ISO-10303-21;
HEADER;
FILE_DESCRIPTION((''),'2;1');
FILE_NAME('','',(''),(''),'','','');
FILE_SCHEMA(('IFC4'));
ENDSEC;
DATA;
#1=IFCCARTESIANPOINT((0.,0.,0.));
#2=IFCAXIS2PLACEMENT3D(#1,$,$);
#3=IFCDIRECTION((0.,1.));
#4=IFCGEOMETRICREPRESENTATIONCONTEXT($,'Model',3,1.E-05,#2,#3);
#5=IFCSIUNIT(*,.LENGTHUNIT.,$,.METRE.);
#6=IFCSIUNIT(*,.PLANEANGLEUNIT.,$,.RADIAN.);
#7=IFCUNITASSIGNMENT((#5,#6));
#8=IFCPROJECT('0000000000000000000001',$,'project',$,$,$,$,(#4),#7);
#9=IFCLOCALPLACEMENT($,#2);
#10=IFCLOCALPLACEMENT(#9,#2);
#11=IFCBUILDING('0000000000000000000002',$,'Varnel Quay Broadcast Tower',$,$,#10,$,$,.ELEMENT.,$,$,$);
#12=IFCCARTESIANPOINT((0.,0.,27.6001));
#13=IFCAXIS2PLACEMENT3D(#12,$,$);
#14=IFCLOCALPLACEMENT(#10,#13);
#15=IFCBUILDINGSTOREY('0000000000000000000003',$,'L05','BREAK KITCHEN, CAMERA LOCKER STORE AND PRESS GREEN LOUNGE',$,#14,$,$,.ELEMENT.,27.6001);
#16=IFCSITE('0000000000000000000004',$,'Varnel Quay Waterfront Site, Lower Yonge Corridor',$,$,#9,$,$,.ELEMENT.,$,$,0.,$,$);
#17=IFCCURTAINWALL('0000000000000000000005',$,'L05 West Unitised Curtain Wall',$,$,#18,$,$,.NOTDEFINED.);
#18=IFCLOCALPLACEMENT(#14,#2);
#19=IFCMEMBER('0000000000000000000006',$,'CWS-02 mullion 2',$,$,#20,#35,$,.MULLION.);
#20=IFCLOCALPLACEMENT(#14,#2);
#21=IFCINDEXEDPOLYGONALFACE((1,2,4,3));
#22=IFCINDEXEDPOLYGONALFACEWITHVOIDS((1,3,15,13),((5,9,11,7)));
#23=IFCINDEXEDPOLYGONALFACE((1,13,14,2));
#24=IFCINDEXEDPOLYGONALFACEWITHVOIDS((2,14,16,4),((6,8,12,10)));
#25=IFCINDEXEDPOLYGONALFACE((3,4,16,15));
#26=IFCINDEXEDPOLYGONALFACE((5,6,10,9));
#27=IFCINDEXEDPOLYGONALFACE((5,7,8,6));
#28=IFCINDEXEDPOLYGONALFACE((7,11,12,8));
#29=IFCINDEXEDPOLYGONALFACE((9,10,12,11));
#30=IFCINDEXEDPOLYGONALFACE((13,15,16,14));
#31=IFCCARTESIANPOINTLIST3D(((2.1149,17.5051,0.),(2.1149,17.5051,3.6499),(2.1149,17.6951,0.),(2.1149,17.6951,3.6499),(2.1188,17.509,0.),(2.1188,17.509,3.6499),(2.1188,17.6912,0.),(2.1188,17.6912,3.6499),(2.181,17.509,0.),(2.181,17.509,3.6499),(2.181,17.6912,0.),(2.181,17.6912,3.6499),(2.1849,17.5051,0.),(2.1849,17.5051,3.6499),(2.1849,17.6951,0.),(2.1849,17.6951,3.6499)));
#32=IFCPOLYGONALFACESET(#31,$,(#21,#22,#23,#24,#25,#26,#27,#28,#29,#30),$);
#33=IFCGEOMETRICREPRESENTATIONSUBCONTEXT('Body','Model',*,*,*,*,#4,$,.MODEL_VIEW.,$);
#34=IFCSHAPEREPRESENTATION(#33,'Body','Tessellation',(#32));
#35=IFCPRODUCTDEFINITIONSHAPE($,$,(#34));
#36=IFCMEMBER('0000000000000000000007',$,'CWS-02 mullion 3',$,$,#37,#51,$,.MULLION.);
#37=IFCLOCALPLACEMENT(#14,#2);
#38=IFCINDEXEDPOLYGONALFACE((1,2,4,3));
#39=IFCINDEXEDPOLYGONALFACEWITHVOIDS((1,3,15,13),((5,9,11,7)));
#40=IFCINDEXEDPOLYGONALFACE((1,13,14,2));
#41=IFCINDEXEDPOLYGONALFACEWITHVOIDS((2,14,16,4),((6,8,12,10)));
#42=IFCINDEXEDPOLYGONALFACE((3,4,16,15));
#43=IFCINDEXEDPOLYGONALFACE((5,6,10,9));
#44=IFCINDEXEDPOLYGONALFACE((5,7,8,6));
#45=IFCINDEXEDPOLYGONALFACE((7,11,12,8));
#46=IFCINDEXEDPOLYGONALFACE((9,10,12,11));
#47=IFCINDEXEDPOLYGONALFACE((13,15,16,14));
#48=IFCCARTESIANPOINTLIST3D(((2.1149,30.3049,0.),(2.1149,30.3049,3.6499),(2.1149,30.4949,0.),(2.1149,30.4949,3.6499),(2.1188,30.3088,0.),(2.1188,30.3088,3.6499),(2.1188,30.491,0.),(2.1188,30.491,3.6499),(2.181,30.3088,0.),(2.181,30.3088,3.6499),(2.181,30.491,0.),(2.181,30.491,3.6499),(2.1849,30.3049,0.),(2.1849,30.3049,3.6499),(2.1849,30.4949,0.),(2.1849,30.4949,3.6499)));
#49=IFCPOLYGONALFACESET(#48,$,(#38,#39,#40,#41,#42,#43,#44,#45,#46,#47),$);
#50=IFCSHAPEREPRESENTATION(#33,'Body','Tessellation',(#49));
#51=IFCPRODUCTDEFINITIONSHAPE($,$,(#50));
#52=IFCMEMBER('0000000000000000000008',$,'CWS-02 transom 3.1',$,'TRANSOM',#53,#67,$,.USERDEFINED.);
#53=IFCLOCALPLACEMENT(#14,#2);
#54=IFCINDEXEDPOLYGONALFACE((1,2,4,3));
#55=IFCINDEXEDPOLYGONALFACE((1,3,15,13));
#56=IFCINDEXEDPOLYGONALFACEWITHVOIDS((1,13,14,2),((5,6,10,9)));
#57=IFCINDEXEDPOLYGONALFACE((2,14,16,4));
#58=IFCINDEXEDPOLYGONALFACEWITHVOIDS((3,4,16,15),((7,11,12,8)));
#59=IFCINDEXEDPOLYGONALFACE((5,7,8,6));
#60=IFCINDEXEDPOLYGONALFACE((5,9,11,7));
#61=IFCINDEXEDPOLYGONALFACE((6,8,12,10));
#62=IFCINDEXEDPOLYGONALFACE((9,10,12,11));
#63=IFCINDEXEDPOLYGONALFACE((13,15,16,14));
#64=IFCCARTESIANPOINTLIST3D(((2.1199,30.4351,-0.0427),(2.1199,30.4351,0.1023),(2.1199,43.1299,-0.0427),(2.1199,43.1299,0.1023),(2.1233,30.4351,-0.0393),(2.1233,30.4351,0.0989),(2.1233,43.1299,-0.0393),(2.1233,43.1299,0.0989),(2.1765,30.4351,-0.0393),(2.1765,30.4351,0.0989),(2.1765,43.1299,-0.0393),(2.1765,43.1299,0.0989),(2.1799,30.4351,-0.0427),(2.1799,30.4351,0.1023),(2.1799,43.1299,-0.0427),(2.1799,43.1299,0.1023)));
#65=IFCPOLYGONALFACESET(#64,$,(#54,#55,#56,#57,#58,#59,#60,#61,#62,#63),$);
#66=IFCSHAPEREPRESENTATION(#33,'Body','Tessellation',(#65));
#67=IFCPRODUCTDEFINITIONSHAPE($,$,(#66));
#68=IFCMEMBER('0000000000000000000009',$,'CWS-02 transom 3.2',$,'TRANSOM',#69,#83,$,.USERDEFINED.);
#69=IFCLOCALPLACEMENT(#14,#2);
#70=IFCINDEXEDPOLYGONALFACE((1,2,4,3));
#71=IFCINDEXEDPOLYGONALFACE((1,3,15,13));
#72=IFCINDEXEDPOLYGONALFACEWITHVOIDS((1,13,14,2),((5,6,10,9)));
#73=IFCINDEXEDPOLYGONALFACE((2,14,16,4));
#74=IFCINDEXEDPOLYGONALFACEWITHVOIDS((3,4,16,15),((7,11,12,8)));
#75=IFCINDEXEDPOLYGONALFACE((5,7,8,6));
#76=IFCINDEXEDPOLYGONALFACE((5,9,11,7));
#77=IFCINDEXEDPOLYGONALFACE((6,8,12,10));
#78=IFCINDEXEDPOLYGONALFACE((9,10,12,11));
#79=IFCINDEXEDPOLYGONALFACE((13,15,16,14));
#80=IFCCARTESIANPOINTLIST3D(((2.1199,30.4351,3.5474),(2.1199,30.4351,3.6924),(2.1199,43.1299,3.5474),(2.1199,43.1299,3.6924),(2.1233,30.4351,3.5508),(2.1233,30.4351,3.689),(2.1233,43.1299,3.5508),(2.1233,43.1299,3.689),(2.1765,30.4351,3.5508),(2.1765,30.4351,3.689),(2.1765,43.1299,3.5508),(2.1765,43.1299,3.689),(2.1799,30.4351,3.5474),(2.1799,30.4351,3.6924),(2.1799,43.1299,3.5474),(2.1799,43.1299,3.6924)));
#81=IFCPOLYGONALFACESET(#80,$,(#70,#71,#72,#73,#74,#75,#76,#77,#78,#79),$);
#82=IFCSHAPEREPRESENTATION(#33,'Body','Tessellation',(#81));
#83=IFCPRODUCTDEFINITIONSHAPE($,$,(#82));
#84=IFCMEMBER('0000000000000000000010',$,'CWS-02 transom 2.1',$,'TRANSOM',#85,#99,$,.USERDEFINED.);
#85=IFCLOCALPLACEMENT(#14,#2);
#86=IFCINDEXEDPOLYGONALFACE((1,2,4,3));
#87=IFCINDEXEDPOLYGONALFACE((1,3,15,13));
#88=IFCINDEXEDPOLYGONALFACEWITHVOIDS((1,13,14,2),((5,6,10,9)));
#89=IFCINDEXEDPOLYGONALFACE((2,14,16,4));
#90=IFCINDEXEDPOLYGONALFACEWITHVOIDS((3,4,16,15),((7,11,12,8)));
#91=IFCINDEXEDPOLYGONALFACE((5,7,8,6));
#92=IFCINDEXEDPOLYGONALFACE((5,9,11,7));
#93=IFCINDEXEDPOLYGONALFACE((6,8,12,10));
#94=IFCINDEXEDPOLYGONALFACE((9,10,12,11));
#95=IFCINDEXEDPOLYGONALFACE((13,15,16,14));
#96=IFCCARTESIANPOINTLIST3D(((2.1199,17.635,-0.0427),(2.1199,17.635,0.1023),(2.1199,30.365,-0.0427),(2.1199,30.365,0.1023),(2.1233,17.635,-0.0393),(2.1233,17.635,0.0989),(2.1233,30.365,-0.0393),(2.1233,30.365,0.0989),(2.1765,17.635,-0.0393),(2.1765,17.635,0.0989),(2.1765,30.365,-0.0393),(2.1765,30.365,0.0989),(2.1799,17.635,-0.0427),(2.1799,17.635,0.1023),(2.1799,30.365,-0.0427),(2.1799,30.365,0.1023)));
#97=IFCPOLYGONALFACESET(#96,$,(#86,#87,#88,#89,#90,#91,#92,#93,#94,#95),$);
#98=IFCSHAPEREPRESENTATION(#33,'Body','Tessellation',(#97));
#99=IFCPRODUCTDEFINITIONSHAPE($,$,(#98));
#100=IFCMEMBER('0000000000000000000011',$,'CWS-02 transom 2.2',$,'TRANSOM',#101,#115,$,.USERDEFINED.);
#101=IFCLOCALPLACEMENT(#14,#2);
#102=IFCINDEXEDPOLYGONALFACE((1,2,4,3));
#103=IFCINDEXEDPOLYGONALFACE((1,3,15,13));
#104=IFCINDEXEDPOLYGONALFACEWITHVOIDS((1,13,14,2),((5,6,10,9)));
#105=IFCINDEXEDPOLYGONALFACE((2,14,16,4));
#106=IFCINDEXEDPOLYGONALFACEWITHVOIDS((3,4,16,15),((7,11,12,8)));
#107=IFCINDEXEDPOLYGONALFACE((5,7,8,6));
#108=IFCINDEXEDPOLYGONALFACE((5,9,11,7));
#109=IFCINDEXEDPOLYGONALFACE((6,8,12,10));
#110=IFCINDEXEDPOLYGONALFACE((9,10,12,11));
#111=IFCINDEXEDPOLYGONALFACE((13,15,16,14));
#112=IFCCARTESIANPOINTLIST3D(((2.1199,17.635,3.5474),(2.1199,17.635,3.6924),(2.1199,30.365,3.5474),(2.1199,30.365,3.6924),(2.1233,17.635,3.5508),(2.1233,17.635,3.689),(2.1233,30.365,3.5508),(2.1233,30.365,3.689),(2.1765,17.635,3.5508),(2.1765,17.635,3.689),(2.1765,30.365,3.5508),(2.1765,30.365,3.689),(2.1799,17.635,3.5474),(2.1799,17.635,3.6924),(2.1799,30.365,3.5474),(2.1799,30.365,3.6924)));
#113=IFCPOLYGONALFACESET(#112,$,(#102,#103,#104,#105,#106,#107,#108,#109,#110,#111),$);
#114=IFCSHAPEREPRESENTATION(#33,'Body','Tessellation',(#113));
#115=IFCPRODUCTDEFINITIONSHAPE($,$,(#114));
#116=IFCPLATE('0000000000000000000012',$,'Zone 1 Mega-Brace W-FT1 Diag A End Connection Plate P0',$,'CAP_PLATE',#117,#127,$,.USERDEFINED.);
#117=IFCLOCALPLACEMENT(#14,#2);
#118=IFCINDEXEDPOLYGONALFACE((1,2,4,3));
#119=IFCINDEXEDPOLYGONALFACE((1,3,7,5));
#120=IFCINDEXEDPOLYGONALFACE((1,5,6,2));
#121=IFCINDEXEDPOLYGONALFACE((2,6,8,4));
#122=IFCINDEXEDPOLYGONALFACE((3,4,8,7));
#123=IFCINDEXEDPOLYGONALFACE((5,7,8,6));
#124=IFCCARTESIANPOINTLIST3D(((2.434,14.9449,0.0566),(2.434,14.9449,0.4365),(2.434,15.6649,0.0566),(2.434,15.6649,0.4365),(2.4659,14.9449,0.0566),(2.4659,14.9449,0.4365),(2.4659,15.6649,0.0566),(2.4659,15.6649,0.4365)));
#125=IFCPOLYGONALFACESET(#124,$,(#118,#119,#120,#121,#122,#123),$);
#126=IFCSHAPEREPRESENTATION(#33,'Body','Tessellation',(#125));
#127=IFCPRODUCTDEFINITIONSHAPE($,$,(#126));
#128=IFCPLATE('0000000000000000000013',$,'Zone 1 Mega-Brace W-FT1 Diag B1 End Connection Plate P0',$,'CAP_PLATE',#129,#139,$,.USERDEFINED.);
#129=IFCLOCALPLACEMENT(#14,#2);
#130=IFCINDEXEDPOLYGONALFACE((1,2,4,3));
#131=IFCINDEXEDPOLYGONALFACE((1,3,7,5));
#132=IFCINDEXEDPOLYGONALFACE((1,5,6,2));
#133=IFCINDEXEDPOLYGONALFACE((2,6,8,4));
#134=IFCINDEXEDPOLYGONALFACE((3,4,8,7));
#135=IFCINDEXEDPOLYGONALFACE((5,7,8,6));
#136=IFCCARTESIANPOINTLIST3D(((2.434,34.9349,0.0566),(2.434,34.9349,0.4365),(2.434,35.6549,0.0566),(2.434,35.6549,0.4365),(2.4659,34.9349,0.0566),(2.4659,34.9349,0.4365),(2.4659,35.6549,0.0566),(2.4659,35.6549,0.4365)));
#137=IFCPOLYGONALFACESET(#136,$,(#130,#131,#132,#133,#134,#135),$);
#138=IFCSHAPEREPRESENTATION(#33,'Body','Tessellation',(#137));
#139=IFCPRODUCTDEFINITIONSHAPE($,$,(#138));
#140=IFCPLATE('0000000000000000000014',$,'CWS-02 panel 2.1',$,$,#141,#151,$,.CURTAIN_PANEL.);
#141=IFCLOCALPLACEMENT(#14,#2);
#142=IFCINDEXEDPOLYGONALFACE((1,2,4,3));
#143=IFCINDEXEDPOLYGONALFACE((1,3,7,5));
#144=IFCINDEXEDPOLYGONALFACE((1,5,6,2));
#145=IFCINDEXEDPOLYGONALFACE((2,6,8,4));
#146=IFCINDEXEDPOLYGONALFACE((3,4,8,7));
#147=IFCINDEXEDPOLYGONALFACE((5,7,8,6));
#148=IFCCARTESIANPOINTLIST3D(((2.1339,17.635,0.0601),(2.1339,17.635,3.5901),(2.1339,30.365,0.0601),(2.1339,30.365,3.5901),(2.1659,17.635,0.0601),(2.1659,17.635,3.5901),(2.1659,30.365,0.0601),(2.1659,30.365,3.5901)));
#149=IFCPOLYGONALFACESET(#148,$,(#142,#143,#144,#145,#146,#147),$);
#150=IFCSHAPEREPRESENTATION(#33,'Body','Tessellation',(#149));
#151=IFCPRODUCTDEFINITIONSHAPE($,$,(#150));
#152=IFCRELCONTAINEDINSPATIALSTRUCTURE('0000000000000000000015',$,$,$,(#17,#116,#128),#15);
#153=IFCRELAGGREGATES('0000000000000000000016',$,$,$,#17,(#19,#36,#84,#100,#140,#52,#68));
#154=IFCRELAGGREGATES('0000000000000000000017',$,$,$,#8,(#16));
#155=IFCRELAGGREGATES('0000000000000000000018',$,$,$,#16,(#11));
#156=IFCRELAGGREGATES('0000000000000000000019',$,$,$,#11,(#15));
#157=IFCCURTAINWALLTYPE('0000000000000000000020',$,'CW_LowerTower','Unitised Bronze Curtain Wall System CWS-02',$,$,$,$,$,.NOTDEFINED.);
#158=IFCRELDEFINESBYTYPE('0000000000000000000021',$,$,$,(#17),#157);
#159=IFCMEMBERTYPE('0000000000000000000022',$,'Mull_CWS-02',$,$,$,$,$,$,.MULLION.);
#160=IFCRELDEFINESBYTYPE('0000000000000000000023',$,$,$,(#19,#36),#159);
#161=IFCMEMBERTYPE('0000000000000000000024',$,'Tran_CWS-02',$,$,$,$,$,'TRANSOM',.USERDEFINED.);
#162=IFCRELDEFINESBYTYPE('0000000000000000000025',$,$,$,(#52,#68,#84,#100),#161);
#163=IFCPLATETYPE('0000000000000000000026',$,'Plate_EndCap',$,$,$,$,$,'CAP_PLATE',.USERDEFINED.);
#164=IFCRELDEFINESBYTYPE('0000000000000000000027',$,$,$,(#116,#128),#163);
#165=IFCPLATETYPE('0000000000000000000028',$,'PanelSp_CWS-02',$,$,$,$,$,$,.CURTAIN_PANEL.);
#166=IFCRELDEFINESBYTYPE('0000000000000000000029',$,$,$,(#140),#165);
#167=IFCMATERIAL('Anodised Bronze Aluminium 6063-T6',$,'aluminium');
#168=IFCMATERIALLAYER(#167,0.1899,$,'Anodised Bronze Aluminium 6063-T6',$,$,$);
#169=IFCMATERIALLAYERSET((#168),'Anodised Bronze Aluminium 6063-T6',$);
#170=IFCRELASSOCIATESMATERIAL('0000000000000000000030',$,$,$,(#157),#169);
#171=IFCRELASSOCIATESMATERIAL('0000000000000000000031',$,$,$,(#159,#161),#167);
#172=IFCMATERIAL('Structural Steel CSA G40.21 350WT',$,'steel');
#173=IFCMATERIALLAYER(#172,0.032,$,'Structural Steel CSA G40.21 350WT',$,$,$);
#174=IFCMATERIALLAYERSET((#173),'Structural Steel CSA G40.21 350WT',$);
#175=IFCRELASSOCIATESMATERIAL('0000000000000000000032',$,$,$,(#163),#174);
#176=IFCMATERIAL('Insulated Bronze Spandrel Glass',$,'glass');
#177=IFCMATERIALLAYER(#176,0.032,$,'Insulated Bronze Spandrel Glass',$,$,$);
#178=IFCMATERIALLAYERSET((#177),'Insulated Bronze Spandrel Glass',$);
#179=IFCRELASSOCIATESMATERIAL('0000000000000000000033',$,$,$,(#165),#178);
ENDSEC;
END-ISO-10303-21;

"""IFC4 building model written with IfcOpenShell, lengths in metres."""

from ifc_helpers import new_model, si_unit, direction, frame, origin, origin_2d, place, context, subcontext, project, spatial, rectangle, hollow_rectangle, extrude, source, transform, mapped, material, layer, layer_set, material_profile, profile_set, type_object, type_shapes, element, aggregate, save


model = new_model("IFC4")

# Units and contexts
model_context = context("Model", 3, precision=1e-05, world=origin(), true_north=direction((0.0, 1.0)))
body_context = subcontext(model_context, "Body", "Model", "MODEL_VIEW")
ifc_project = project(units=[si_unit("LENGTHUNIT", "METRE"), si_unit("PLANEANGLEUNIT", "RADIAN")], contexts=[model_context])

# Site, building, storey
site_placement = place(None, origin())
site = spatial("IfcSite", under=ifc_project, at=site_placement, Name="Varnel Quay Waterfront Site, Lower Yonge Corridor", CompositionType="ELEMENT", RefElevation=0.0)
building_placement = place(site_placement, origin())
building = spatial("IfcBuilding", under=site, at=building_placement, Name="Varnel Quay Broadcast Tower", CompositionType="ELEMENT")
storey_placement = place(building_placement, frame((0.0, 0.0, 27.6001)))
storey = spatial("IfcBuildingStorey", under=building, at=storey_placement, Name="L05", Description="BREAK KITCHEN, CAMERA LOCKER STORE AND PRESS GREEN LOUNGE", CompositionType="ELEMENT", Elevation=27.6001)

# Shared definitions
ifc_material_1 = material(Name="Structural Steel CSA G40.21 350WT", Category="steel")

# Curtain wall, members
ifc_material_2 = material(Name="Anodised Bronze Aluminium 6063-T6", Category="aluminium")
ifc_layer_1 = layer(ifc_material_2, 0.1899, Name="Anodised Bronze Aluminium 6063-T6")
ifc_layer_set_1 = layer_set([ifc_layer_1], Name="Anodised Bronze Aluminium 6063-T6")
curtain_wall_type = type_object("IfcCurtainWallType", Name="CW_LowerTower", Description="Unitised Bronze Curtain Wall System CWS-02", PredefinedType="NOTDEFINED", material=ifc_layer_set_1)
curtain_wall_placement = place(storey_placement, origin())
curtain_wall = element("IfcCurtainWall", 1, at=curtain_wall_placement, inside=storey, type_object=curtain_wall_type, Name="L05 West Unitised Curtain Wall", PredefinedType="NOTDEFINED")
ifc_material_profile_1 = material_profile(ifc_material_2, hollow_rectangle(XDim=0.0701, YDim=0.1899, WallThickness=0.0039, at=origin_2d()), Name="ALU70X190X4")
ifc_profile_set_1 = profile_set([ifc_material_profile_1], Name="Anodised Bronze Aluminium 6063-T6")
member_type_1 = type_object("IfcMemberType", Name="Mull_CWS-02", PredefinedType="MULLION", material=ifc_profile_set_1)
shared_shape_1 = source(origin(), body_context, "Body", "SweptSolid", [
    extrude(hollow_rectangle(XDim=0.0701, YDim=0.1899, WallThickness=0.0039, at=origin_2d()), origin(), (0.0, 0.0, 1.0), 3.6499),
])
type_shapes(member_type_1, [shared_shape_1])
member_1_placement = place(storey_placement, frame((2.1499, 17.6001, 0.0), z_axis=(0.0, 0.0, 1.0), x_axis=(-1.0, 0.0, 0.0)))
member_1 = element("IfcMember", 2, at=member_1_placement, type_object=member_type_1, Name="CWS-02 mullion 2", PredefinedType="MULLION", context=body_context, shape_type="MappedRepresentation", body=[
    mapped(shared_shape_1, transform((0.0, 0.0, 0.0), x_axis=(1.0, 0.0, 0.0), y_axis=(0.0, 1.0, 0.0), z_axis=(0.0, 0.0, 1.0), scale=1.0)),
])
member_2_placement = place(storey_placement, frame((2.1499, 30.3999, 0.0), z_axis=(0.0, 0.0, 1.0), x_axis=(-1.0, 0.0, 0.0)))
member_2 = element("IfcMember", 3, at=member_2_placement, type_object=member_type_1, Name="CWS-02 mullion 3", PredefinedType="MULLION", context=body_context, shape_type="MappedRepresentation", body=[
    mapped(shared_shape_1, transform((0.0, 0.0, 0.0), x_axis=(1.0, 0.0, 0.0), y_axis=(0.0, 1.0, 0.0), z_axis=(0.0, 0.0, 1.0), scale=1.0)),
])
ifc_material_profile_2 = material_profile(ifc_material_2, hollow_rectangle(XDim=0.0601, YDim=0.145, WallThickness=0.0034, at=origin_2d()), Name="ALU60X145X3.5")
ifc_profile_set_2 = profile_set([ifc_material_profile_2], Name="Anodised Bronze Aluminium 6063-T6")
member_type_2 = type_object("IfcMemberType", Name="Tran_CWS-02", ElementType="TRANSOM", PredefinedType="USERDEFINED", material=ifc_profile_set_2)
shared_shape_2 = source(origin(), body_context, "Body", "SweptSolid", [
    extrude(hollow_rectangle(XDim=0.0601, YDim=0.145, WallThickness=0.0034, at=origin_2d()), origin(), (0.0, 0.0, 1.0), 12.6948),
])
member_3_placement = place(storey_placement, frame((2.1499, 30.4351, 0.0298), z_axis=(0.0, 1.0, 0.0), x_axis=(-1.0, 0.0, 0.0)))
member_3 = element("IfcMember", 4, at=member_3_placement, type_object=member_type_2, Name="CWS-02 transom 3.1", ObjectType="TRANSOM", PredefinedType="USERDEFINED", context=body_context, shape_type="MappedRepresentation", body=[
    mapped(shared_shape_2, transform((0.0, 0.0, 0.0), x_axis=(1.0, 0.0, 0.0), y_axis=(0.0, 1.0, 0.0), z_axis=(0.0, 0.0, 1.0), scale=1.0)),
])
member_4_placement = place(storey_placement, frame((2.1499, 30.4351, 3.6199), z_axis=(0.0, 1.0, 0.0), x_axis=(-1.0, 0.0, 0.0)))
member_4 = element("IfcMember", 5, at=member_4_placement, type_object=member_type_2, Name="CWS-02 transom 3.2", ObjectType="TRANSOM", PredefinedType="USERDEFINED", context=body_context, shape_type="MappedRepresentation", body=[
    mapped(shared_shape_2, transform((0.0, 0.0, 0.0), x_axis=(1.0, 0.0, 0.0), y_axis=(0.0, 1.0, 0.0), z_axis=(0.0, 0.0, 1.0), scale=1.0)),
])
shared_shape_3 = source(origin(), body_context, "Body", "SweptSolid", [
    extrude(hollow_rectangle(XDim=0.0601, YDim=0.145, WallThickness=0.0034, at=origin_2d()), origin(), (0.0, 0.0, 1.0), 12.73),
])
type_shapes(member_type_2, [shared_shape_2, shared_shape_3])
member_5_placement = place(storey_placement, frame((2.1499, 17.635, 0.0298), z_axis=(0.0, 1.0, 0.0), x_axis=(-1.0, 0.0, 0.0)))
member_5 = element("IfcMember", 6, at=member_5_placement, type_object=member_type_2, Name="CWS-02 transom 2.1", ObjectType="TRANSOM", PredefinedType="USERDEFINED", context=body_context, shape_type="MappedRepresentation", body=[
    mapped(shared_shape_3, transform((0.0, 0.0, 0.0), x_axis=(1.0, 0.0, 0.0), y_axis=(0.0, 1.0, 0.0), z_axis=(0.0, 0.0, 1.0), scale=1.0)),
])
member_6_placement = place(storey_placement, frame((2.1499, 17.635, 3.6199), z_axis=(0.0, 1.0, 0.0), x_axis=(-1.0, 0.0, 0.0)))
member_6 = element("IfcMember", 7, at=member_6_placement, type_object=member_type_2, Name="CWS-02 transom 2.2", ObjectType="TRANSOM", PredefinedType="USERDEFINED", context=body_context, shape_type="MappedRepresentation", body=[
    mapped(shared_shape_3, transform((0.0, 0.0, 0.0), x_axis=(1.0, 0.0, 0.0), y_axis=(0.0, 1.0, 0.0), z_axis=(0.0, 0.0, 1.0), scale=1.0)),
])

# Plates
ifc_layer_2 = layer(ifc_material_1, 0.032, Name="Structural Steel CSA G40.21 350WT")
ifc_layer_set_2 = layer_set([ifc_layer_2], Name="Structural Steel CSA G40.21 350WT")
plate_type_1 = type_object("IfcPlateType", Name="Plate_EndCap", ElementType="CAP_PLATE", PredefinedType="USERDEFINED", material=ifc_layer_set_2)
shared_shape_4 = source(origin(), body_context, "Body", "SweptSolid", [
    extrude(rectangle(XDim=0.72, YDim=0.032, at=origin_2d()), origin(), (0.0, 0.0, 1.0), 0.3799),
])
type_shapes(plate_type_1, [shared_shape_4])
for number, where, z_axis, x_axis, name in (
    (8, (2.45, 15.3049, 0.0566), (0.0, 0.0, 1.0), (0.0, 1.0, 0.0), "Zone 1 Mega-Brace W-FT1 Diag A End Connection Plate P0"),
    (9, (2.45, 35.2949, 0.0566), (0.0, 0.0, 1.0), (0.0, 1.0, 0.0), "Zone 1 Mega-Brace W-FT1 Diag B1 End Connection Plate P0"),
):
    element("IfcPlate", number, at=place(storey_placement, frame(where, z_axis=z_axis, x_axis=x_axis)), inside=storey, type_object=plate_type_1, Name=name, ObjectType="CAP_PLATE", PredefinedType="USERDEFINED", context=body_context, shape_type="MappedRepresentation", body=[
        mapped(shared_shape_4, transform((0.0, 0.0, 0.0), x_axis=(1.0, 0.0, 0.0), y_axis=(0.0, 1.0, 0.0), z_axis=(0.0, 0.0, 1.0), scale=1.0)),
    ])

# Plate
ifc_material_3 = material(Name="Insulated Bronze Spandrel Glass", Category="glass")
ifc_layer_3 = layer(ifc_material_3, 0.032, Name="Insulated Bronze Spandrel Glass")
ifc_layer_set_3 = layer_set([ifc_layer_3], Name="Insulated Bronze Spandrel Glass")
plate_type_2 = type_object("IfcPlateType", Name="PanelSp_CWS-02", PredefinedType="CURTAIN_PANEL", material=ifc_layer_set_3)
shared_shape_5 = source(origin(), body_context, "Body", "SweptSolid", [
    extrude(rectangle(XDim=12.73, YDim=0.032, at=origin_2d()), origin(), (0.0, 0.0, 1.0), 3.53),
])
type_shapes(plate_type_2, [shared_shape_5])
plate_placement = place(storey_placement, frame((2.1499, 24.0, 0.0601), z_axis=(0.0, 0.0, 1.0), x_axis=(0.0, 1.0, 0.0)))
plate = element("IfcPlate", 10, at=plate_placement, type_object=plate_type_2, Name="CWS-02 panel 2.1", PredefinedType="CURTAIN_PANEL", context=body_context, shape_type="MappedRepresentation", body=[
    mapped(shared_shape_5, transform((0.0, 0.0, 0.0), x_axis=(1.0, 0.0, 0.0), y_axis=(0.0, 1.0, 0.0), z_axis=(0.0, 0.0, 1.0), scale=1.0)),
])
aggregate(curtain_wall, [member_1, member_2, member_5, member_6, plate, member_3, member_4])

save(model, "model.ifc")
